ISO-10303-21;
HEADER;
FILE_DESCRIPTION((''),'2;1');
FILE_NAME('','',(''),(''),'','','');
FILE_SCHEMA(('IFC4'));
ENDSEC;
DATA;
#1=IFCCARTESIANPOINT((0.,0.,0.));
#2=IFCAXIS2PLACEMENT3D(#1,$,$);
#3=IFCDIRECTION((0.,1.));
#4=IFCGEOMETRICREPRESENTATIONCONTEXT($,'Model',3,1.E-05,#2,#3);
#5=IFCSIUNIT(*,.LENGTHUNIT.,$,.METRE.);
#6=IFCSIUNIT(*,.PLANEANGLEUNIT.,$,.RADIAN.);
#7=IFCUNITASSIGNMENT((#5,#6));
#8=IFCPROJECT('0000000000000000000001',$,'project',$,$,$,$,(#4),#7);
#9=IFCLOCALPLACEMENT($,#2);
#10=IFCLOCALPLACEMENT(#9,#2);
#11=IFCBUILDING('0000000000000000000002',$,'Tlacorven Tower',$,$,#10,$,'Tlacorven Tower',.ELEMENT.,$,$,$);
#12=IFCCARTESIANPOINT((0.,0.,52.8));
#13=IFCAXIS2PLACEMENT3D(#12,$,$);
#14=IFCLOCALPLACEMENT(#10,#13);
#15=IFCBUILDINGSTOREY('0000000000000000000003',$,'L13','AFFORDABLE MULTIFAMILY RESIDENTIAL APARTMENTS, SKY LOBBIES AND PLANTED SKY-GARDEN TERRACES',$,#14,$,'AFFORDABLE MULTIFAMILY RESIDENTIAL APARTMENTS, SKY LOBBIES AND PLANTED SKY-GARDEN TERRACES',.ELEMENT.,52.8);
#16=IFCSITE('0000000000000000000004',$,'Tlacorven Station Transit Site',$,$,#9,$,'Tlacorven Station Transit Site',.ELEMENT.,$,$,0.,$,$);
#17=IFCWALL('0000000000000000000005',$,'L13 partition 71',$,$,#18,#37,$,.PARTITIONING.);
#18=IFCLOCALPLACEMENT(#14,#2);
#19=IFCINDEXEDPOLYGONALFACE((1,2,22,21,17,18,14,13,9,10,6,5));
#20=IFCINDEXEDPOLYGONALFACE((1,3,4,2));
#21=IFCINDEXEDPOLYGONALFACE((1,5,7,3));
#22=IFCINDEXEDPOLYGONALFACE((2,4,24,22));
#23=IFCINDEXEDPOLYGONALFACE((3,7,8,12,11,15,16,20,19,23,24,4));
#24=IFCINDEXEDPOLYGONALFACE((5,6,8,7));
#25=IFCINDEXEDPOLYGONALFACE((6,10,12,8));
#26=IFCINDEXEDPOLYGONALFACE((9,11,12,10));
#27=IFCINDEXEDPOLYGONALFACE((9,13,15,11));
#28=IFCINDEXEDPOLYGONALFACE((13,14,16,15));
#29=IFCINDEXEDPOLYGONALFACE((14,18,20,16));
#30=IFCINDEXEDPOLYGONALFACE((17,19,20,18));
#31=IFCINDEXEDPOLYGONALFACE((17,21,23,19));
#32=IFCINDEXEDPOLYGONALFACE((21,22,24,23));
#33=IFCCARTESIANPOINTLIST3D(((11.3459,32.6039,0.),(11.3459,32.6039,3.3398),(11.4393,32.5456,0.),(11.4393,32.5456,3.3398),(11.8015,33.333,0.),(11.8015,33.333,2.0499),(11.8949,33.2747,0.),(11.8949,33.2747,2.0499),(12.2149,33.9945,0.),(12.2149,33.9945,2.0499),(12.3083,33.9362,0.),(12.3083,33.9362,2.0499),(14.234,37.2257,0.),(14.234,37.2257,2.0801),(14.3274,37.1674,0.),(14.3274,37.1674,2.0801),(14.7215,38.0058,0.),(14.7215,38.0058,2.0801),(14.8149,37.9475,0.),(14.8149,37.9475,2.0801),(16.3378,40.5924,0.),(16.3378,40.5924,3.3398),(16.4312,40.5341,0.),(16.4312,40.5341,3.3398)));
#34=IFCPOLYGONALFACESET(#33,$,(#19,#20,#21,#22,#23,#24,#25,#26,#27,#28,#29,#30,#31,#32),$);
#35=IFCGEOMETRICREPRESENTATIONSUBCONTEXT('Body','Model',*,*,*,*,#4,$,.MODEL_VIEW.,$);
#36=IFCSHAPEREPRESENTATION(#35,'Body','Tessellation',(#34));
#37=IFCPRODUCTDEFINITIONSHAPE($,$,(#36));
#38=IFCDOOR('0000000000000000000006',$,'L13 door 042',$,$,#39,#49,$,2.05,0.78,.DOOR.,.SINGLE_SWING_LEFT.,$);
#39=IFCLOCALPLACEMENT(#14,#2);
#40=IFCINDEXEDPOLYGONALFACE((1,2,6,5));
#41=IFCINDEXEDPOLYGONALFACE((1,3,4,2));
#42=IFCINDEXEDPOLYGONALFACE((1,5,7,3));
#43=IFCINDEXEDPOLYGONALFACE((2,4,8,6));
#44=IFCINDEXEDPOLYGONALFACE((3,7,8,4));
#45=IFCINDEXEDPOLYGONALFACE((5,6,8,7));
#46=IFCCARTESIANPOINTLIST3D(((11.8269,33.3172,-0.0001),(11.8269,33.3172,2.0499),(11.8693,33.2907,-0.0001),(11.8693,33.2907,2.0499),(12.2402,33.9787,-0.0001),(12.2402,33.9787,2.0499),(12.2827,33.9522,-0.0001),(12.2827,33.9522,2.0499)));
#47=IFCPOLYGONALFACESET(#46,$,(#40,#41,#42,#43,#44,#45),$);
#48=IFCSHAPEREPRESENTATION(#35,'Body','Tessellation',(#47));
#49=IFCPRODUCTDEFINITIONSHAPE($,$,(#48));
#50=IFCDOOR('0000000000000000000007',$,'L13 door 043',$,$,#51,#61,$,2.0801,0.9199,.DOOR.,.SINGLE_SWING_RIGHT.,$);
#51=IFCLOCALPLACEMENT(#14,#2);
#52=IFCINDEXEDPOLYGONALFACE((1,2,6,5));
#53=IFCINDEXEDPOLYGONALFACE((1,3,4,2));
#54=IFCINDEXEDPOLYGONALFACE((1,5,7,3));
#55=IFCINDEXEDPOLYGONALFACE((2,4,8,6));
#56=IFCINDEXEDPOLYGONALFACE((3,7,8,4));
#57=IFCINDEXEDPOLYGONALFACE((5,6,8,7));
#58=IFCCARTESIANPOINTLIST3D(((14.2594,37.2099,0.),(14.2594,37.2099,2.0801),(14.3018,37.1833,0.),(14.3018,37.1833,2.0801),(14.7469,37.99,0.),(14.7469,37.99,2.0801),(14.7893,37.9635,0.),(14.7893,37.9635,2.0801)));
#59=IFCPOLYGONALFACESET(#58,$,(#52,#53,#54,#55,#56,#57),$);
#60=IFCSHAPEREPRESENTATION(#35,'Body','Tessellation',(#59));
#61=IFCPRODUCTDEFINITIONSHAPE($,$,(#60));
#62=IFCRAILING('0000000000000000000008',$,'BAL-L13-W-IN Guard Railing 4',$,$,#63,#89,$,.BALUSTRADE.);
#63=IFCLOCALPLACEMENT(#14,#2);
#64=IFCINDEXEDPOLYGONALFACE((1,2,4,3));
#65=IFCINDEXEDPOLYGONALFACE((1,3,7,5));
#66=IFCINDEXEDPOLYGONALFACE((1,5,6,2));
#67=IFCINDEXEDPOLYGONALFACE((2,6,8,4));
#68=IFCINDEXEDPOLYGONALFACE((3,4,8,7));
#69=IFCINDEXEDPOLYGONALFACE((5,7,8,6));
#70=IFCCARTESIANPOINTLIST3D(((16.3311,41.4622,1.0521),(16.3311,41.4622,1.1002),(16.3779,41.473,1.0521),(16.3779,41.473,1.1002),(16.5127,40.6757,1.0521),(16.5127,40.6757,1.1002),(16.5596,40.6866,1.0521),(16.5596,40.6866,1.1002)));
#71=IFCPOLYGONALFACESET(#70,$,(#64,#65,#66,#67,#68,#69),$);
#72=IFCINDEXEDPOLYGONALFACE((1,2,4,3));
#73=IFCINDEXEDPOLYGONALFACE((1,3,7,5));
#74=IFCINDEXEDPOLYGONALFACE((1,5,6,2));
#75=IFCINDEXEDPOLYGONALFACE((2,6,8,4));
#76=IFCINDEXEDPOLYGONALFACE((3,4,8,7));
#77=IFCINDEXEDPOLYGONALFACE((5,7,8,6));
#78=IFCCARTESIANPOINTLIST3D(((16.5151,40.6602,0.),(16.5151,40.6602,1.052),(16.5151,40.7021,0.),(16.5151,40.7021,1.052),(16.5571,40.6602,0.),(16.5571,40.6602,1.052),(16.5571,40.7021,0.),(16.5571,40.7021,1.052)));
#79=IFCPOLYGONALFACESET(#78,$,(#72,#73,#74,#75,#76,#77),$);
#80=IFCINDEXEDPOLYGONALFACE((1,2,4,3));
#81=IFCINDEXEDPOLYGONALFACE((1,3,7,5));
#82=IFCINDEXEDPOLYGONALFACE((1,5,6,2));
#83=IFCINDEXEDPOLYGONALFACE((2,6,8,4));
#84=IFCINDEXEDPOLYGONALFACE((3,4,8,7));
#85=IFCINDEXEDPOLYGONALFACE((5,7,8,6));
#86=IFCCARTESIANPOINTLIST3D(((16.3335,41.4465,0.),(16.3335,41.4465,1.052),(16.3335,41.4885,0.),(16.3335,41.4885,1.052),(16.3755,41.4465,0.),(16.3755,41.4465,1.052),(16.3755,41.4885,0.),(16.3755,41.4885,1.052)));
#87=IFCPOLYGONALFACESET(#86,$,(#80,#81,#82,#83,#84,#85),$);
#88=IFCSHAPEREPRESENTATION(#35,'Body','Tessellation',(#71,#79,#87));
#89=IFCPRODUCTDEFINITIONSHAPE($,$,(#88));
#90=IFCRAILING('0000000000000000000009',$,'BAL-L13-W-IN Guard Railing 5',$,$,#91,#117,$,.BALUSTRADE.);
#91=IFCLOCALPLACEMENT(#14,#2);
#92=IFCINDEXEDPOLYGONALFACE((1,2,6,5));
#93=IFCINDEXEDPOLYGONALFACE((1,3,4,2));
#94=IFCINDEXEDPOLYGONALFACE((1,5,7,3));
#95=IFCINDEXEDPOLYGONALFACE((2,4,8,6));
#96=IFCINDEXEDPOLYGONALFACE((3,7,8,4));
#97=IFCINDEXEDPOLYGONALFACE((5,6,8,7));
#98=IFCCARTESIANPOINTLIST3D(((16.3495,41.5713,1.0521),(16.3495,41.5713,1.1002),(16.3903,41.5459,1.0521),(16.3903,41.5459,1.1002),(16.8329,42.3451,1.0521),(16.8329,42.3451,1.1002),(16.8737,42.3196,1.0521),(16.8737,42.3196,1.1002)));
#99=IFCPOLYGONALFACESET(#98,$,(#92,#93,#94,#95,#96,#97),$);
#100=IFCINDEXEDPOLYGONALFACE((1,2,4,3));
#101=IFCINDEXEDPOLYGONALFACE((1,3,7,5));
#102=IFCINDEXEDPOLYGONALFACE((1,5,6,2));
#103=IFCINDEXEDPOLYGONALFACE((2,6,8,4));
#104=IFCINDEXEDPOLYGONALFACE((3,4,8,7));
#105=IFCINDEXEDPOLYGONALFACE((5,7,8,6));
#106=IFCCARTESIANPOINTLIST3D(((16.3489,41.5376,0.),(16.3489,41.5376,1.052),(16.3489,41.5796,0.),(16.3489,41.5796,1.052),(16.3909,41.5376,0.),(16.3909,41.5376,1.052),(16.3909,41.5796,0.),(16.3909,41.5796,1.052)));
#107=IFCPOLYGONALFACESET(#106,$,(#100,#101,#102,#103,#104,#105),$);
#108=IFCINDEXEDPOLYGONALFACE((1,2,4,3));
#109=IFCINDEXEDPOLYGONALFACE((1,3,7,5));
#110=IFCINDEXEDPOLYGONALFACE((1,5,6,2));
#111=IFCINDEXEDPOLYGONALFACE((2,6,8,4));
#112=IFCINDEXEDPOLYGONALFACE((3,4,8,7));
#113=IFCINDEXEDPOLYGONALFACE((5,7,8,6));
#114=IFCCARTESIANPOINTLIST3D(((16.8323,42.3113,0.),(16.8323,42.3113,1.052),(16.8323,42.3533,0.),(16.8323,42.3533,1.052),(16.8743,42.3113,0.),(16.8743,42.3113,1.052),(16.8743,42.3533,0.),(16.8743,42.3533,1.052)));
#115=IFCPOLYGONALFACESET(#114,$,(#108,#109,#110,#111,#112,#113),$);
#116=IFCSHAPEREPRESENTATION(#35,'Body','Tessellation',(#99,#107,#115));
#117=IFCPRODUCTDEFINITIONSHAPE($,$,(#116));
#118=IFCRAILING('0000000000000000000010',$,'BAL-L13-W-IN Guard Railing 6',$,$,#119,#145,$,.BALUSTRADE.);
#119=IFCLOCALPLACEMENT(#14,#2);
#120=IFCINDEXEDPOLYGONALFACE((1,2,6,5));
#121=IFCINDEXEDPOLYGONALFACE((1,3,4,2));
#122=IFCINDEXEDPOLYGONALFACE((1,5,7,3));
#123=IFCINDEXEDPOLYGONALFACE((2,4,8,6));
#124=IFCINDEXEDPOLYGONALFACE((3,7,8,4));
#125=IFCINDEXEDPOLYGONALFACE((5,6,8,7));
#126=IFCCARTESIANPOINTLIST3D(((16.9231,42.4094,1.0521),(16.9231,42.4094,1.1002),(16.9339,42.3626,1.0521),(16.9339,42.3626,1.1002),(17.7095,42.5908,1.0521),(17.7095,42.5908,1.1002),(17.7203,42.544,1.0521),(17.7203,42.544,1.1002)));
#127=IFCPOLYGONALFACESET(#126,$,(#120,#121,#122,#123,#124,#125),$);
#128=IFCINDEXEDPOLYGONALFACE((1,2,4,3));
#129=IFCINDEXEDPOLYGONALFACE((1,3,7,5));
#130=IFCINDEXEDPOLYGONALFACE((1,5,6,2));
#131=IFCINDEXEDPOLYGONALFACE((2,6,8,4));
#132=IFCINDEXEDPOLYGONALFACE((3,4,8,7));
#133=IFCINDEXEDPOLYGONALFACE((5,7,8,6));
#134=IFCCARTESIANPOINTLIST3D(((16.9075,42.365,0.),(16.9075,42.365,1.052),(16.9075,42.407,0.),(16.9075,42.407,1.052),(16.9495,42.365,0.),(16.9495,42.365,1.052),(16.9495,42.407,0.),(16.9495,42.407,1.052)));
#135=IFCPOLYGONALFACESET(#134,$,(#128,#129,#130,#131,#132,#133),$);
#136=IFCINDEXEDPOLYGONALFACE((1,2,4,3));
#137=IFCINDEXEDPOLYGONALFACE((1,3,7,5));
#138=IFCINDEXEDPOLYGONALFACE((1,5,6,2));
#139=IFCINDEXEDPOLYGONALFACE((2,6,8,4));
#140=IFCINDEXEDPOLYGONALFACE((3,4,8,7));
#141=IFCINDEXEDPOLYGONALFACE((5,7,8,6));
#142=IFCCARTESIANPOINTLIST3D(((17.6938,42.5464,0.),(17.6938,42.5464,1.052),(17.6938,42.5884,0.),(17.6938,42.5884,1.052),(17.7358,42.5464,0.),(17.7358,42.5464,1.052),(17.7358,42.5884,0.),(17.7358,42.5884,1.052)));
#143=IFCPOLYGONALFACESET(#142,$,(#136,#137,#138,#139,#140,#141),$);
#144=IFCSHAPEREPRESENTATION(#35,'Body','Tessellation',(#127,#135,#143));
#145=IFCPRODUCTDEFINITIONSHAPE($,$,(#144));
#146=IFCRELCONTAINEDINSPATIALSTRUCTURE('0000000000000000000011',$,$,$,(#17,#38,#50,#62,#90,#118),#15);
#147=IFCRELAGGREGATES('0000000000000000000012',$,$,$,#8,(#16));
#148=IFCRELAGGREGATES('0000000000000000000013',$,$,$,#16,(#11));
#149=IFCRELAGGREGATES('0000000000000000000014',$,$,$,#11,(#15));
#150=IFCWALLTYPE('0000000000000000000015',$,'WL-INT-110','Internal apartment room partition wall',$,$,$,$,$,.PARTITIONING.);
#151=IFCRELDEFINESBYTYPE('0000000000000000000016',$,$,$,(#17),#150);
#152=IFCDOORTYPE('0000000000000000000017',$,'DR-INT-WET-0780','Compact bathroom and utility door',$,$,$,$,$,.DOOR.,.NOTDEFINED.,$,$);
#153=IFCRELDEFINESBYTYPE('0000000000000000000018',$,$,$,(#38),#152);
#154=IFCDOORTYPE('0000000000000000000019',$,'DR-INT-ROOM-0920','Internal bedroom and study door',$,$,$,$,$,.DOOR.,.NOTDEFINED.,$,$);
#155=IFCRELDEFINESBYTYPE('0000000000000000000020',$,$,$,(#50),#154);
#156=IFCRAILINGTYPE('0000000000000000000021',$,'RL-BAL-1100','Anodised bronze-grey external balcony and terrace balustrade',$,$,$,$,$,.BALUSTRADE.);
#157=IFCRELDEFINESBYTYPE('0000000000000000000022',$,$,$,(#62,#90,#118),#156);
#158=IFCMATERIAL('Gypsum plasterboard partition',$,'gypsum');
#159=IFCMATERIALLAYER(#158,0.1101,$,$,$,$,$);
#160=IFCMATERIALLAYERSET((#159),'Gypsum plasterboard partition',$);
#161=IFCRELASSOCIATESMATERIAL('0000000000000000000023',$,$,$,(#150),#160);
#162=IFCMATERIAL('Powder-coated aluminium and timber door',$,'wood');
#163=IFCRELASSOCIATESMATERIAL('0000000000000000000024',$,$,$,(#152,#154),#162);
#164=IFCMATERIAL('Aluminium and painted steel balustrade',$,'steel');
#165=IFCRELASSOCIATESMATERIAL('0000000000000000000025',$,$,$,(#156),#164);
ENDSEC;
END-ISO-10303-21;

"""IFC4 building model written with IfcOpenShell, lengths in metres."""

from ifc_helpers import new_model, si_unit, direction, frame, frame_2d, origin, origin_2d, place, context, subcontext, project, spatial, rectangle, extrude, source, transform, mapped, material, layer, layer_set, type_object, element, fill, save


model = new_model("IFC4")

# Units and contexts
model_context = context("Model", 3, precision=1e-05, world=origin(), true_north=direction((0.0, 1.0)))
body_context = subcontext(model_context, "Body", "Model", "MODEL_VIEW")
ifc_project = project(units=[si_unit("LENGTHUNIT", "METRE"), si_unit("PLANEANGLEUNIT", "RADIAN")], contexts=[model_context])

# Site, building, storey
site_placement = place(None, origin())
site = spatial("IfcSite", under=ifc_project, at=site_placement, Name="Tlacorven Station Transit Site", LongName="Tlacorven Station Transit Site", CompositionType="ELEMENT", RefElevation=0.0)
building_placement = place(site_placement, origin())
building = spatial("IfcBuilding", under=site, at=building_placement, Name="Tlacorven Tower", LongName="Tlacorven Tower", CompositionType="ELEMENT")
storey_placement = place(building_placement, frame((0.0, 0.0, 52.8)))
storey = spatial("IfcBuildingStorey", under=building, at=storey_placement, Name="L13", Description="AFFORDABLE MULTIFAMILY RESIDENTIAL APARTMENTS, SKY LOBBIES AND PLANTED SKY-GARDEN TERRACES", LongName="AFFORDABLE MULTIFAMILY RESIDENTIAL APARTMENTS, SKY LOBBIES AND PLANTED SKY-GARDEN TERRACES", CompositionType="ELEMENT", Elevation=52.8)

# Shared definitions
ifc_material_1 = material(Name="Powder-coated aluminium and timber door", Category="wood")

# Wall, openings, doors
ifc_material_2 = material(Name="Gypsum plasterboard partition", Category="gypsum")
ifc_layer_1 = layer(ifc_material_2, 0.1101)
ifc_layer_set_1 = layer_set([ifc_layer_1], Name="Gypsum plasterboard partition")
wall_type_1 = type_object("IfcWallType", Name="WL-INT-110", Description="Internal apartment room partition wall", PredefinedType="PARTITIONING", material=ifc_layer_set_1)
wall_1_placement = place(storey_placement, frame((16.3845, 40.5632, 0.0), z_axis=(0.0, 0.0, 1.0), x_axis=(-0.529931, -0.848041, 0.0)))
wall_1 = element("IfcWall", 1, at=wall_1_placement, inside=storey, type_object=wall_type_1, Name="L13 partition 71", PredefinedType="PARTITIONING", context=body_context, shape_type="SweptSolid", body=[
    extrude(rectangle(XDim=9.4199, YDim=0.1101, at=frame_2d((4.71, 0.0))), origin(), (0.0, 0.0, 1.0), 3.3398),
])
opening_1_placement = place(wall_1_placement, frame((7.78, 0.0, 0.0)))
opening_1 = element("IfcOpeningElement", 2, at=opening_1_placement, cuts=wall_1, PredefinedType="OPENING", context=body_context, shape_type="SweptSolid", body=[
    extrude(rectangle(XDim=0.78, YDim=2.05, at=frame_2d((0.3901, 1.0249))), frame((0.0, 0.0649, 0.0), z_axis=(0.0, -1.0, 0.0), x_axis=(1.0, 0.0, 0.0)), (0.0, 0.0, 1.0), 0.1301),
])
opening_2_placement = place(wall_1_placement, frame((3.05, 0.0, 0.0)))
opening_2 = element("IfcOpeningElement", 3, at=opening_2_placement, cuts=wall_1, PredefinedType="OPENING", context=body_context, shape_type="SweptSolid", body=[
    extrude(rectangle(XDim=0.9199, YDim=2.0801, at=frame_2d((0.46, 1.04))), frame((0.0, 0.0649, 0.0), z_axis=(0.0, -1.0, 0.0), x_axis=(1.0, 0.0, 0.0)), (0.0, 0.0, 1.0), 0.1301),
])
door_type_1 = type_object("IfcDoorType", Name="DR-INT-WET-0780", Description="Compact bathroom and utility door", OperationType="NOTDEFINED", PredefinedType="DOOR", material=ifc_material_1)
shared_shape_1 = source(origin(), body_context, "Body", "SweptSolid", [
    extrude(rectangle(XDim=0.78, YDim=2.05, at=frame_2d((0.3901, 1.0249))), frame((0.0, 0.0249, 0.0), z_axis=(0.0, -1.0, 0.0), x_axis=(1.0, 0.0, 0.0)), (0.0, 0.0, 1.0), 0.05),
])
door_1_placement = place(opening_1_placement, origin())
door_1 = element("IfcDoor", 4, at=door_1_placement, inside=storey, type_object=door_type_1, Name="L13 door 042", OperationType="SINGLE_SWING_LEFT", OverallHeight=2.05, OverallWidth=0.78, PredefinedType="DOOR", context=body_context, shape_type="MappedRepresentation", body=[
    mapped(shared_shape_1, transform((0.0, 0.0, 0.0), scale=1.0)),
])
fill(opening_1, door_1)
door_type_2 = type_object("IfcDoorType", Name="DR-INT-ROOM-0920", Description="Internal bedroom and study door", OperationType="NOTDEFINED", PredefinedType="DOOR", material=ifc_material_1)
shared_shape_2 = source(origin(), body_context, "Body", "SweptSolid", [
    extrude(rectangle(XDim=0.9199, YDim=2.0801, at=frame_2d((0.46, 1.04))), frame((0.0, 0.0249, 0.0), z_axis=(0.0, -1.0, 0.0), x_axis=(1.0, 0.0, 0.0)), (0.0, 0.0, 1.0), 0.05),
])
door_2_placement = place(opening_2_placement, origin())
door_2 = element("IfcDoor", 5, at=door_2_placement, inside=storey, type_object=door_type_2, Name="L13 door 043", OperationType="SINGLE_SWING_RIGHT", OverallHeight=2.0801, OverallWidth=0.9199, PredefinedType="DOOR", context=body_context, shape_type="MappedRepresentation", body=[
    mapped(shared_shape_2, transform((0.0, 0.0, 0.0), scale=1.0)),
])
fill(opening_2, door_2)

# Railings
ifc_material_3 = material(Name="Aluminium and painted steel balustrade", Category="steel")
railing_type = type_object("IfcRailingType", Name="RL-BAL-1100", Description="Anodised bronze-grey external balcony and terrace balustrade", PredefinedType="BALUSTRADE", material=ifc_material_3)
shared_shape_3 = source(origin(), body_context, "Body", "SweptSolid", [
    extrude(rectangle(XDim=0.0481, YDim=0.0481, at=origin_2d()), frame((0.0, 0.0, 1.0762), z_axis=(-0.225058, 0.974345, 0.0), x_axis=(-0.974345, -0.225058, 0.0)), (0.0, 0.0, 1.0), 0.8071),
    extrude(rectangle(XDim=0.042, YDim=0.042, at=origin_2d()), origin(), (0.0, 0.0, 1.0), 1.052),
    extrude(rectangle(XDim=0.042, YDim=0.042, at=origin_2d()), frame((-0.1816, 0.7864, 0.0)), (0.0, 0.0, 1.0), 1.052),
])
railing_1_placement = place(storey_placement, frame((16.5361, 40.6812, 0.0)))
element("IfcRailing", 6, at=railing_1_placement, inside=storey, type_object=railing_type, Name="BAL-L13-W-IN Guard Railing 4", PredefinedType="BALUSTRADE", context=body_context, shape_type="MappedRepresentation", body=[
    mapped(shared_shape_3, transform((0.0, 0.0, 0.0), scale=1.0)),
])
shared_shape_4 = source(origin(), body_context, "Body", "SweptSolid", [
    extrude(rectangle(XDim=0.0481, YDim=0.0481, at=origin_2d()), frame((0.0, 0.0, 1.0762), z_axis=(0.529879, 0.848073, 0.0), x_axis=(-0.848073, 0.529879, 0.0)), (0.0, 0.0, 1.0), 0.9124),
    extrude(rectangle(XDim=0.042, YDim=0.042, at=origin_2d()), origin(), (0.0, 0.0, 1.0), 1.052),
    extrude(rectangle(XDim=0.042, YDim=0.042, at=origin_2d()), frame((0.4834, 0.7737, 0.0)), (0.0, 0.0, 1.0), 1.052),
])
railing_2_placement = place(storey_placement, frame((16.3699, 41.5586, 0.0)))
element("IfcRailing", 7, at=railing_2_placement, inside=storey, type_object=railing_type, Name="BAL-L13-W-IN Guard Railing 5", PredefinedType="BALUSTRADE", context=body_context, shape_type="MappedRepresentation", body=[
    mapped(shared_shape_4, transform((0.0, 0.0, 0.0), scale=1.0)),
])
shared_shape_5 = source(origin(), body_context, "Body", "SweptSolid", [
    extrude(rectangle(XDim=0.0481, YDim=0.0481, at=origin_2d()), frame((0.0, 0.0, 1.0762), z_axis=(0.974412, 0.224771, 0.0), x_axis=(-0.224771, 0.974412, 0.0)), (0.0, 0.0, 1.0), 0.8071),
    extrude(rectangle(XDim=0.042, YDim=0.042, at=origin_2d()), origin(), (0.0, 0.0, 1.0), 1.052),
    extrude(rectangle(XDim=0.042, YDim=0.042, at=origin_2d()), frame((0.7864, 0.1814, 0.0)), (0.0, 0.0, 1.0), 1.052),
])
railing_3_placement = place(storey_placement, frame((16.9285, 42.386, 0.0)))
element("IfcRailing", 8, at=railing_3_placement, inside=storey, type_object=railing_type, Name="BAL-L13-W-IN Guard Railing 6", PredefinedType="BALUSTRADE", context=body_context, shape_type="MappedRepresentation", body=[
    mapped(shared_shape_5, transform((0.0, 0.0, 0.0), scale=1.0)),
])

save(model, "model.ifc")
